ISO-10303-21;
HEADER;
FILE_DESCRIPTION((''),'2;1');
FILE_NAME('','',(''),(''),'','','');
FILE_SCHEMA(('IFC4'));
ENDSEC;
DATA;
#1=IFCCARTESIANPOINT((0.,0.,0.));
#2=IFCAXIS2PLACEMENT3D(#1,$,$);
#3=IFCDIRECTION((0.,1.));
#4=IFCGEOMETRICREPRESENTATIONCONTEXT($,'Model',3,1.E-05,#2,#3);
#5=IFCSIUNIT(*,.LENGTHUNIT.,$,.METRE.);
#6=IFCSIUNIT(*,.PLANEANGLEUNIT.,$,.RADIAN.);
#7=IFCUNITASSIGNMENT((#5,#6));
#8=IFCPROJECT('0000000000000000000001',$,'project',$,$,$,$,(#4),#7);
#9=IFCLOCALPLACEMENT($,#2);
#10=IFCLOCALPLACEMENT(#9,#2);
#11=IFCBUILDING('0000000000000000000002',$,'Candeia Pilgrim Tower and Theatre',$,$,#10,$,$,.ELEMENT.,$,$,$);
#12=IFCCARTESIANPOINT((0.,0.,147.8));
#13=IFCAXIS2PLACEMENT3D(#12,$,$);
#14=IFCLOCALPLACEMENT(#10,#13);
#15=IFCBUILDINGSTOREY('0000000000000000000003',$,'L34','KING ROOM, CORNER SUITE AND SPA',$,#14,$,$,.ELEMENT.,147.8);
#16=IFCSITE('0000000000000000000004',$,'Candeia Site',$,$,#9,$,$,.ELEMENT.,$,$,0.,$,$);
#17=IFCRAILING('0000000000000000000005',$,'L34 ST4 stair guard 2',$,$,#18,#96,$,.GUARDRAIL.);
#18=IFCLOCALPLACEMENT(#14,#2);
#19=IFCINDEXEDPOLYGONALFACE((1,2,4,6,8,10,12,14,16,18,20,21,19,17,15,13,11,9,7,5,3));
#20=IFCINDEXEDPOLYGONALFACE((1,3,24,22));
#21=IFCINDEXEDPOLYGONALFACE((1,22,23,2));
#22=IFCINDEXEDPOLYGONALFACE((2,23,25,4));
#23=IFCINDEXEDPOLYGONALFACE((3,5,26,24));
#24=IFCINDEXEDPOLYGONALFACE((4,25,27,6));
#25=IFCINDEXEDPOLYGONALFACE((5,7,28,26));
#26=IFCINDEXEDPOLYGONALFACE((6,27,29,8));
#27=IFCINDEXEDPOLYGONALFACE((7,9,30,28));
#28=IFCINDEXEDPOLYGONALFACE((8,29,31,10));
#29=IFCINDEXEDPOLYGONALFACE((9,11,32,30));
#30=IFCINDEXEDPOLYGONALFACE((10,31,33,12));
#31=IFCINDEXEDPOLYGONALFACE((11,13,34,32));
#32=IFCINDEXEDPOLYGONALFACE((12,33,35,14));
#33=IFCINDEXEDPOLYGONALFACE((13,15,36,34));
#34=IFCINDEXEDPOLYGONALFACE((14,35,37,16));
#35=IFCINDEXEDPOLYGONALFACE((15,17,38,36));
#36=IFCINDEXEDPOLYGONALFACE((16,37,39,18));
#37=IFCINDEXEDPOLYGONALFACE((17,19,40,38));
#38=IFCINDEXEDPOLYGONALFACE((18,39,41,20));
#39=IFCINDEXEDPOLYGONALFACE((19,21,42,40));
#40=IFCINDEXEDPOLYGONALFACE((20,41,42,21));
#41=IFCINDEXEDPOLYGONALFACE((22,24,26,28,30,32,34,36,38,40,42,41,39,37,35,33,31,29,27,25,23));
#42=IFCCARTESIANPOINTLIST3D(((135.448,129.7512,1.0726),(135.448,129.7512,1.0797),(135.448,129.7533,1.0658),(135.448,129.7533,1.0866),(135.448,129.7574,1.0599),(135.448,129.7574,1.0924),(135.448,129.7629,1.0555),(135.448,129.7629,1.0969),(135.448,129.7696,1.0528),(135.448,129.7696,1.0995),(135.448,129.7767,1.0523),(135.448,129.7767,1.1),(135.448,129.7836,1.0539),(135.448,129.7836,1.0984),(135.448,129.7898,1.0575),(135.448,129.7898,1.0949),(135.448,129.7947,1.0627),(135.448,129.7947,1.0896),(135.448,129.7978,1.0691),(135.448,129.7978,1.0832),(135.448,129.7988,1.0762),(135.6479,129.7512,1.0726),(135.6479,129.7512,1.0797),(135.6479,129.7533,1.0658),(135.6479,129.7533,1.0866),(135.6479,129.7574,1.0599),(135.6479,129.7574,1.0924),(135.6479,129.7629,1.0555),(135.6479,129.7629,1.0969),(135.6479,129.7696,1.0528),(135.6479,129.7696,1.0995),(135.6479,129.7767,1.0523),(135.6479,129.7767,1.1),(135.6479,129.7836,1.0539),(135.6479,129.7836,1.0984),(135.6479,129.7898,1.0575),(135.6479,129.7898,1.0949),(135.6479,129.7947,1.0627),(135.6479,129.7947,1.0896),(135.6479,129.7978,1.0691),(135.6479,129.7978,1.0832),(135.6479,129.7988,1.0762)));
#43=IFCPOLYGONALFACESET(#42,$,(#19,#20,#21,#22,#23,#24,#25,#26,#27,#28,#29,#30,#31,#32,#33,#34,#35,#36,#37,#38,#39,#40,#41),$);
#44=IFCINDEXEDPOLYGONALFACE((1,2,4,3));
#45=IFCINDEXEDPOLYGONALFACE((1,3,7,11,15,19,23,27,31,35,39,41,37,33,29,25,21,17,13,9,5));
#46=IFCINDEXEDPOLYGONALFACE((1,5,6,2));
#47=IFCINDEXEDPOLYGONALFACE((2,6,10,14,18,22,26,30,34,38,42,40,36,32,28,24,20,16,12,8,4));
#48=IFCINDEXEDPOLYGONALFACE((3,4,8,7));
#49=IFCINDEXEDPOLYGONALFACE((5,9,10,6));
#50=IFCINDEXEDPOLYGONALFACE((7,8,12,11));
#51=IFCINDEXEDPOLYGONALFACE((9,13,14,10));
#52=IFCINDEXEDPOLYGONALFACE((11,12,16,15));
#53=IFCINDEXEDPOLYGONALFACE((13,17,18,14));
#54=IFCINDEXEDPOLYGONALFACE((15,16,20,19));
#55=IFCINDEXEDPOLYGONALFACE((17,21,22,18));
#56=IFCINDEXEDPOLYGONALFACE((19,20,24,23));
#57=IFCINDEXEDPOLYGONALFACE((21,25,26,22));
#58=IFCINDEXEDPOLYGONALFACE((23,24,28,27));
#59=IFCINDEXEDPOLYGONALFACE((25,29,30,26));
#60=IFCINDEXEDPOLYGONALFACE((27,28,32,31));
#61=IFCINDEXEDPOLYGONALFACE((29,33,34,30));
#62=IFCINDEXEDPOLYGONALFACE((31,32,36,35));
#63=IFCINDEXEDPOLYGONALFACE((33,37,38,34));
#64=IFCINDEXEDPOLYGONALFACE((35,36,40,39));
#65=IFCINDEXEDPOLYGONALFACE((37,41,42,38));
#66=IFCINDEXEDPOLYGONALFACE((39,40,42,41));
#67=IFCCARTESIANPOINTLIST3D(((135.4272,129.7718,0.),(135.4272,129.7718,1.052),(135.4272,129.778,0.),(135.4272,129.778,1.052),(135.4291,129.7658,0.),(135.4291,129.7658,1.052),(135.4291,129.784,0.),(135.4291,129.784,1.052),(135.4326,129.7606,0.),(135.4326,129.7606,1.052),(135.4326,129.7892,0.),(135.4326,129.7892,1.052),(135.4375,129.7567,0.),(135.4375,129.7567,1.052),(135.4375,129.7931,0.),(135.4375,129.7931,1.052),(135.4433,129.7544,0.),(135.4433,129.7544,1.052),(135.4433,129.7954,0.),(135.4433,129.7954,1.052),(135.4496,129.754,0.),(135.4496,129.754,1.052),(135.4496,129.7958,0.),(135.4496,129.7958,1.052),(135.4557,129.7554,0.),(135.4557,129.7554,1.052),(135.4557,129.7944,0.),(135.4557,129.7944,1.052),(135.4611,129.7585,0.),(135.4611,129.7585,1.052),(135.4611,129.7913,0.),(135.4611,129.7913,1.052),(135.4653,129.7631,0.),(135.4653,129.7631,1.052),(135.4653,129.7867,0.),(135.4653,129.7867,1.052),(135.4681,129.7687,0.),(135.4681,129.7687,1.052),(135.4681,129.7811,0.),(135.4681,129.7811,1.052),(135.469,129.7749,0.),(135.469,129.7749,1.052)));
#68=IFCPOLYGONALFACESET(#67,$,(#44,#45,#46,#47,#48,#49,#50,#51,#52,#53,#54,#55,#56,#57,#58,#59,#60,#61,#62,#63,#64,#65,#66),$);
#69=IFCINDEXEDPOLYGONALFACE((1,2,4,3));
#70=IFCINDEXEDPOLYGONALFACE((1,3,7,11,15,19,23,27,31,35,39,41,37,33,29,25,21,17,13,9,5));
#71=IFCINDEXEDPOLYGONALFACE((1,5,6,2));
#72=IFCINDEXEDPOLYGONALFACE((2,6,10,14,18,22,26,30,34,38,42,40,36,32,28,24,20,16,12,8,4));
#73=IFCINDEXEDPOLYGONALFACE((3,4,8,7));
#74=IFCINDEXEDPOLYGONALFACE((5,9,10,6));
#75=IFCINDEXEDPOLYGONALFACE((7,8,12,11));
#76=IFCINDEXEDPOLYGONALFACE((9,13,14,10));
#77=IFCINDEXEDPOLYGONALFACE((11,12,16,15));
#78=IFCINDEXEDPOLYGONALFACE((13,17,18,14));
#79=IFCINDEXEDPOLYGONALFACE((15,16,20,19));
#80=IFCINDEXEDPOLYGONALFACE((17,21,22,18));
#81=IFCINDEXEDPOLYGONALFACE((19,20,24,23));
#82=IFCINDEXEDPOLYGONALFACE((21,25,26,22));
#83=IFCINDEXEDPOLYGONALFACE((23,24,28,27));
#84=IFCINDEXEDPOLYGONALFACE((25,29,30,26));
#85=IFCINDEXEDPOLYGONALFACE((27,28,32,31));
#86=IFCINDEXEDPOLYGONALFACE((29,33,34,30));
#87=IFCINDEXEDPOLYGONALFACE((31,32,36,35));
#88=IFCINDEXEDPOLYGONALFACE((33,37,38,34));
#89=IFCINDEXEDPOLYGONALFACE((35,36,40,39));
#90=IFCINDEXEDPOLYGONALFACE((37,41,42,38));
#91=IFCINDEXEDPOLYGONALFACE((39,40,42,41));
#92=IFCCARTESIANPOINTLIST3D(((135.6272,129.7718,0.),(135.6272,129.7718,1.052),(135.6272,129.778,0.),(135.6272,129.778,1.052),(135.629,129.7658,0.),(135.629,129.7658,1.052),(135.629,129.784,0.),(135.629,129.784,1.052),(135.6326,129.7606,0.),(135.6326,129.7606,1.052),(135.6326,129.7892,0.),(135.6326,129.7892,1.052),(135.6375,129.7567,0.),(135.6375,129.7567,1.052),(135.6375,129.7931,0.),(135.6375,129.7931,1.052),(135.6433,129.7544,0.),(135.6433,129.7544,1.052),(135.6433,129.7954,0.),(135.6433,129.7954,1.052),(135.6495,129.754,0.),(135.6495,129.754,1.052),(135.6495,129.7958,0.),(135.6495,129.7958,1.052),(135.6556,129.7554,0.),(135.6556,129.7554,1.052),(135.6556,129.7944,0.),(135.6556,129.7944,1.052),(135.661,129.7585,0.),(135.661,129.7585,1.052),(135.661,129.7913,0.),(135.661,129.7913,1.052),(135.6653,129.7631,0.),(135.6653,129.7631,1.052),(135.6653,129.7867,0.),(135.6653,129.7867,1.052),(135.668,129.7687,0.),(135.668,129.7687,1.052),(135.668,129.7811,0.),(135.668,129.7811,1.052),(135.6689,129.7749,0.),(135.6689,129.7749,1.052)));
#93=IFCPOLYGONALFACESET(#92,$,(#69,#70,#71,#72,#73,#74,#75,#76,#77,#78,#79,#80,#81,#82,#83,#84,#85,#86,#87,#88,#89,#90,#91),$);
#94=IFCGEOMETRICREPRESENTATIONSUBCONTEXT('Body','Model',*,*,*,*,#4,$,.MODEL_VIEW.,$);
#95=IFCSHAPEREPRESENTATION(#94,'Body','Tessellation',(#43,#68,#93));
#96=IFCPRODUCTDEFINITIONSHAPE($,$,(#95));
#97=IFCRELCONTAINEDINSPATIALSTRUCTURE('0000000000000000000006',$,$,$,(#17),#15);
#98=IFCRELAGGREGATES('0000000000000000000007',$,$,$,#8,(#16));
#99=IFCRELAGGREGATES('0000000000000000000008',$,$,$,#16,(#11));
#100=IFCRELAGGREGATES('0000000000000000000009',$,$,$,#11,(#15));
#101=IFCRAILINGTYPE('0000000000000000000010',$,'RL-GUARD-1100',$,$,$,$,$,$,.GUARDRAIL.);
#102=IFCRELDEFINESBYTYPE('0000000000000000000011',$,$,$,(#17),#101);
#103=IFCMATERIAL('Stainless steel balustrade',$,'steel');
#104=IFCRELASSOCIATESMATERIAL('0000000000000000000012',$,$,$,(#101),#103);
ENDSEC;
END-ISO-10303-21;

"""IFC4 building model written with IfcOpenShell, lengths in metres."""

from ifc_helpers import new_model, si_unit, direction, frame, origin, origin_2d, place, context, subcontext, project, spatial, circle, extrude, material, type_object, element, save


model = new_model("IFC4")

# Units and contexts
model_context = context("Model", 3, precision=1e-05, world=origin(), true_north=direction((0.0, 1.0)))
body_context = subcontext(model_context, "Body", "Model", "MODEL_VIEW")
ifc_project = project(units=[si_unit("LENGTHUNIT", "METRE"), si_unit("PLANEANGLEUNIT", "RADIAN")], contexts=[model_context])

# Site, building, storey
site_placement = place(None, origin())
site = spatial("IfcSite", under=ifc_project, at=site_placement, Name="Candeia Site", CompositionType="ELEMENT", RefElevation=0.0)
building_placement = place(site_placement, origin())
building = spatial("IfcBuilding", under=site, at=building_placement, Name="Candeia Pilgrim Tower and Theatre", CompositionType="ELEMENT")
storey_placement = place(building_placement, frame((0.0, 0.0, 147.8)))
storey = spatial("IfcBuildingStorey", under=building, at=storey_placement, Name="L34", Description="KING ROOM, CORNER SUITE AND SPA", CompositionType="ELEMENT", Elevation=147.8)

# Railing
ifc_material_1 = material(Name="Stainless steel balustrade", Category="steel")
railing_type_1 = type_object("IfcRailingType", Name="RL-GUARD-1100", PredefinedType="GUARDRAIL", material=ifc_material_1)
railing_1_placement = place(storey_placement, frame((135.448, 129.7749, 0.0)))
element("IfcRailing", 1, at=railing_1_placement, inside=storey, type_object=railing_type_1, Name="L34 ST4 stair guard 2", PredefinedType="GUARDRAIL", context=body_context, shape_type="SweptSolid", body=[
    extrude(circle(Radius=0.0239, at=origin_2d()), frame((0.0, 0.0, 1.0762), z_axis=(1.0, 0.0, 0.0), x_axis=(0.0, 1.0, 0.0)), (0.0, 0.0, 1.0), 0.2),
    extrude(circle(Radius=0.021, at=origin_2d()), origin(), (0.0, 0.0, 1.0), 1.052),
    extrude(circle(Radius=0.021, at=origin_2d()), frame((0.2, 0.0, 0.0)), (0.0, 0.0, 1.0), 1.052),
])

save(model, "model.ifc")
